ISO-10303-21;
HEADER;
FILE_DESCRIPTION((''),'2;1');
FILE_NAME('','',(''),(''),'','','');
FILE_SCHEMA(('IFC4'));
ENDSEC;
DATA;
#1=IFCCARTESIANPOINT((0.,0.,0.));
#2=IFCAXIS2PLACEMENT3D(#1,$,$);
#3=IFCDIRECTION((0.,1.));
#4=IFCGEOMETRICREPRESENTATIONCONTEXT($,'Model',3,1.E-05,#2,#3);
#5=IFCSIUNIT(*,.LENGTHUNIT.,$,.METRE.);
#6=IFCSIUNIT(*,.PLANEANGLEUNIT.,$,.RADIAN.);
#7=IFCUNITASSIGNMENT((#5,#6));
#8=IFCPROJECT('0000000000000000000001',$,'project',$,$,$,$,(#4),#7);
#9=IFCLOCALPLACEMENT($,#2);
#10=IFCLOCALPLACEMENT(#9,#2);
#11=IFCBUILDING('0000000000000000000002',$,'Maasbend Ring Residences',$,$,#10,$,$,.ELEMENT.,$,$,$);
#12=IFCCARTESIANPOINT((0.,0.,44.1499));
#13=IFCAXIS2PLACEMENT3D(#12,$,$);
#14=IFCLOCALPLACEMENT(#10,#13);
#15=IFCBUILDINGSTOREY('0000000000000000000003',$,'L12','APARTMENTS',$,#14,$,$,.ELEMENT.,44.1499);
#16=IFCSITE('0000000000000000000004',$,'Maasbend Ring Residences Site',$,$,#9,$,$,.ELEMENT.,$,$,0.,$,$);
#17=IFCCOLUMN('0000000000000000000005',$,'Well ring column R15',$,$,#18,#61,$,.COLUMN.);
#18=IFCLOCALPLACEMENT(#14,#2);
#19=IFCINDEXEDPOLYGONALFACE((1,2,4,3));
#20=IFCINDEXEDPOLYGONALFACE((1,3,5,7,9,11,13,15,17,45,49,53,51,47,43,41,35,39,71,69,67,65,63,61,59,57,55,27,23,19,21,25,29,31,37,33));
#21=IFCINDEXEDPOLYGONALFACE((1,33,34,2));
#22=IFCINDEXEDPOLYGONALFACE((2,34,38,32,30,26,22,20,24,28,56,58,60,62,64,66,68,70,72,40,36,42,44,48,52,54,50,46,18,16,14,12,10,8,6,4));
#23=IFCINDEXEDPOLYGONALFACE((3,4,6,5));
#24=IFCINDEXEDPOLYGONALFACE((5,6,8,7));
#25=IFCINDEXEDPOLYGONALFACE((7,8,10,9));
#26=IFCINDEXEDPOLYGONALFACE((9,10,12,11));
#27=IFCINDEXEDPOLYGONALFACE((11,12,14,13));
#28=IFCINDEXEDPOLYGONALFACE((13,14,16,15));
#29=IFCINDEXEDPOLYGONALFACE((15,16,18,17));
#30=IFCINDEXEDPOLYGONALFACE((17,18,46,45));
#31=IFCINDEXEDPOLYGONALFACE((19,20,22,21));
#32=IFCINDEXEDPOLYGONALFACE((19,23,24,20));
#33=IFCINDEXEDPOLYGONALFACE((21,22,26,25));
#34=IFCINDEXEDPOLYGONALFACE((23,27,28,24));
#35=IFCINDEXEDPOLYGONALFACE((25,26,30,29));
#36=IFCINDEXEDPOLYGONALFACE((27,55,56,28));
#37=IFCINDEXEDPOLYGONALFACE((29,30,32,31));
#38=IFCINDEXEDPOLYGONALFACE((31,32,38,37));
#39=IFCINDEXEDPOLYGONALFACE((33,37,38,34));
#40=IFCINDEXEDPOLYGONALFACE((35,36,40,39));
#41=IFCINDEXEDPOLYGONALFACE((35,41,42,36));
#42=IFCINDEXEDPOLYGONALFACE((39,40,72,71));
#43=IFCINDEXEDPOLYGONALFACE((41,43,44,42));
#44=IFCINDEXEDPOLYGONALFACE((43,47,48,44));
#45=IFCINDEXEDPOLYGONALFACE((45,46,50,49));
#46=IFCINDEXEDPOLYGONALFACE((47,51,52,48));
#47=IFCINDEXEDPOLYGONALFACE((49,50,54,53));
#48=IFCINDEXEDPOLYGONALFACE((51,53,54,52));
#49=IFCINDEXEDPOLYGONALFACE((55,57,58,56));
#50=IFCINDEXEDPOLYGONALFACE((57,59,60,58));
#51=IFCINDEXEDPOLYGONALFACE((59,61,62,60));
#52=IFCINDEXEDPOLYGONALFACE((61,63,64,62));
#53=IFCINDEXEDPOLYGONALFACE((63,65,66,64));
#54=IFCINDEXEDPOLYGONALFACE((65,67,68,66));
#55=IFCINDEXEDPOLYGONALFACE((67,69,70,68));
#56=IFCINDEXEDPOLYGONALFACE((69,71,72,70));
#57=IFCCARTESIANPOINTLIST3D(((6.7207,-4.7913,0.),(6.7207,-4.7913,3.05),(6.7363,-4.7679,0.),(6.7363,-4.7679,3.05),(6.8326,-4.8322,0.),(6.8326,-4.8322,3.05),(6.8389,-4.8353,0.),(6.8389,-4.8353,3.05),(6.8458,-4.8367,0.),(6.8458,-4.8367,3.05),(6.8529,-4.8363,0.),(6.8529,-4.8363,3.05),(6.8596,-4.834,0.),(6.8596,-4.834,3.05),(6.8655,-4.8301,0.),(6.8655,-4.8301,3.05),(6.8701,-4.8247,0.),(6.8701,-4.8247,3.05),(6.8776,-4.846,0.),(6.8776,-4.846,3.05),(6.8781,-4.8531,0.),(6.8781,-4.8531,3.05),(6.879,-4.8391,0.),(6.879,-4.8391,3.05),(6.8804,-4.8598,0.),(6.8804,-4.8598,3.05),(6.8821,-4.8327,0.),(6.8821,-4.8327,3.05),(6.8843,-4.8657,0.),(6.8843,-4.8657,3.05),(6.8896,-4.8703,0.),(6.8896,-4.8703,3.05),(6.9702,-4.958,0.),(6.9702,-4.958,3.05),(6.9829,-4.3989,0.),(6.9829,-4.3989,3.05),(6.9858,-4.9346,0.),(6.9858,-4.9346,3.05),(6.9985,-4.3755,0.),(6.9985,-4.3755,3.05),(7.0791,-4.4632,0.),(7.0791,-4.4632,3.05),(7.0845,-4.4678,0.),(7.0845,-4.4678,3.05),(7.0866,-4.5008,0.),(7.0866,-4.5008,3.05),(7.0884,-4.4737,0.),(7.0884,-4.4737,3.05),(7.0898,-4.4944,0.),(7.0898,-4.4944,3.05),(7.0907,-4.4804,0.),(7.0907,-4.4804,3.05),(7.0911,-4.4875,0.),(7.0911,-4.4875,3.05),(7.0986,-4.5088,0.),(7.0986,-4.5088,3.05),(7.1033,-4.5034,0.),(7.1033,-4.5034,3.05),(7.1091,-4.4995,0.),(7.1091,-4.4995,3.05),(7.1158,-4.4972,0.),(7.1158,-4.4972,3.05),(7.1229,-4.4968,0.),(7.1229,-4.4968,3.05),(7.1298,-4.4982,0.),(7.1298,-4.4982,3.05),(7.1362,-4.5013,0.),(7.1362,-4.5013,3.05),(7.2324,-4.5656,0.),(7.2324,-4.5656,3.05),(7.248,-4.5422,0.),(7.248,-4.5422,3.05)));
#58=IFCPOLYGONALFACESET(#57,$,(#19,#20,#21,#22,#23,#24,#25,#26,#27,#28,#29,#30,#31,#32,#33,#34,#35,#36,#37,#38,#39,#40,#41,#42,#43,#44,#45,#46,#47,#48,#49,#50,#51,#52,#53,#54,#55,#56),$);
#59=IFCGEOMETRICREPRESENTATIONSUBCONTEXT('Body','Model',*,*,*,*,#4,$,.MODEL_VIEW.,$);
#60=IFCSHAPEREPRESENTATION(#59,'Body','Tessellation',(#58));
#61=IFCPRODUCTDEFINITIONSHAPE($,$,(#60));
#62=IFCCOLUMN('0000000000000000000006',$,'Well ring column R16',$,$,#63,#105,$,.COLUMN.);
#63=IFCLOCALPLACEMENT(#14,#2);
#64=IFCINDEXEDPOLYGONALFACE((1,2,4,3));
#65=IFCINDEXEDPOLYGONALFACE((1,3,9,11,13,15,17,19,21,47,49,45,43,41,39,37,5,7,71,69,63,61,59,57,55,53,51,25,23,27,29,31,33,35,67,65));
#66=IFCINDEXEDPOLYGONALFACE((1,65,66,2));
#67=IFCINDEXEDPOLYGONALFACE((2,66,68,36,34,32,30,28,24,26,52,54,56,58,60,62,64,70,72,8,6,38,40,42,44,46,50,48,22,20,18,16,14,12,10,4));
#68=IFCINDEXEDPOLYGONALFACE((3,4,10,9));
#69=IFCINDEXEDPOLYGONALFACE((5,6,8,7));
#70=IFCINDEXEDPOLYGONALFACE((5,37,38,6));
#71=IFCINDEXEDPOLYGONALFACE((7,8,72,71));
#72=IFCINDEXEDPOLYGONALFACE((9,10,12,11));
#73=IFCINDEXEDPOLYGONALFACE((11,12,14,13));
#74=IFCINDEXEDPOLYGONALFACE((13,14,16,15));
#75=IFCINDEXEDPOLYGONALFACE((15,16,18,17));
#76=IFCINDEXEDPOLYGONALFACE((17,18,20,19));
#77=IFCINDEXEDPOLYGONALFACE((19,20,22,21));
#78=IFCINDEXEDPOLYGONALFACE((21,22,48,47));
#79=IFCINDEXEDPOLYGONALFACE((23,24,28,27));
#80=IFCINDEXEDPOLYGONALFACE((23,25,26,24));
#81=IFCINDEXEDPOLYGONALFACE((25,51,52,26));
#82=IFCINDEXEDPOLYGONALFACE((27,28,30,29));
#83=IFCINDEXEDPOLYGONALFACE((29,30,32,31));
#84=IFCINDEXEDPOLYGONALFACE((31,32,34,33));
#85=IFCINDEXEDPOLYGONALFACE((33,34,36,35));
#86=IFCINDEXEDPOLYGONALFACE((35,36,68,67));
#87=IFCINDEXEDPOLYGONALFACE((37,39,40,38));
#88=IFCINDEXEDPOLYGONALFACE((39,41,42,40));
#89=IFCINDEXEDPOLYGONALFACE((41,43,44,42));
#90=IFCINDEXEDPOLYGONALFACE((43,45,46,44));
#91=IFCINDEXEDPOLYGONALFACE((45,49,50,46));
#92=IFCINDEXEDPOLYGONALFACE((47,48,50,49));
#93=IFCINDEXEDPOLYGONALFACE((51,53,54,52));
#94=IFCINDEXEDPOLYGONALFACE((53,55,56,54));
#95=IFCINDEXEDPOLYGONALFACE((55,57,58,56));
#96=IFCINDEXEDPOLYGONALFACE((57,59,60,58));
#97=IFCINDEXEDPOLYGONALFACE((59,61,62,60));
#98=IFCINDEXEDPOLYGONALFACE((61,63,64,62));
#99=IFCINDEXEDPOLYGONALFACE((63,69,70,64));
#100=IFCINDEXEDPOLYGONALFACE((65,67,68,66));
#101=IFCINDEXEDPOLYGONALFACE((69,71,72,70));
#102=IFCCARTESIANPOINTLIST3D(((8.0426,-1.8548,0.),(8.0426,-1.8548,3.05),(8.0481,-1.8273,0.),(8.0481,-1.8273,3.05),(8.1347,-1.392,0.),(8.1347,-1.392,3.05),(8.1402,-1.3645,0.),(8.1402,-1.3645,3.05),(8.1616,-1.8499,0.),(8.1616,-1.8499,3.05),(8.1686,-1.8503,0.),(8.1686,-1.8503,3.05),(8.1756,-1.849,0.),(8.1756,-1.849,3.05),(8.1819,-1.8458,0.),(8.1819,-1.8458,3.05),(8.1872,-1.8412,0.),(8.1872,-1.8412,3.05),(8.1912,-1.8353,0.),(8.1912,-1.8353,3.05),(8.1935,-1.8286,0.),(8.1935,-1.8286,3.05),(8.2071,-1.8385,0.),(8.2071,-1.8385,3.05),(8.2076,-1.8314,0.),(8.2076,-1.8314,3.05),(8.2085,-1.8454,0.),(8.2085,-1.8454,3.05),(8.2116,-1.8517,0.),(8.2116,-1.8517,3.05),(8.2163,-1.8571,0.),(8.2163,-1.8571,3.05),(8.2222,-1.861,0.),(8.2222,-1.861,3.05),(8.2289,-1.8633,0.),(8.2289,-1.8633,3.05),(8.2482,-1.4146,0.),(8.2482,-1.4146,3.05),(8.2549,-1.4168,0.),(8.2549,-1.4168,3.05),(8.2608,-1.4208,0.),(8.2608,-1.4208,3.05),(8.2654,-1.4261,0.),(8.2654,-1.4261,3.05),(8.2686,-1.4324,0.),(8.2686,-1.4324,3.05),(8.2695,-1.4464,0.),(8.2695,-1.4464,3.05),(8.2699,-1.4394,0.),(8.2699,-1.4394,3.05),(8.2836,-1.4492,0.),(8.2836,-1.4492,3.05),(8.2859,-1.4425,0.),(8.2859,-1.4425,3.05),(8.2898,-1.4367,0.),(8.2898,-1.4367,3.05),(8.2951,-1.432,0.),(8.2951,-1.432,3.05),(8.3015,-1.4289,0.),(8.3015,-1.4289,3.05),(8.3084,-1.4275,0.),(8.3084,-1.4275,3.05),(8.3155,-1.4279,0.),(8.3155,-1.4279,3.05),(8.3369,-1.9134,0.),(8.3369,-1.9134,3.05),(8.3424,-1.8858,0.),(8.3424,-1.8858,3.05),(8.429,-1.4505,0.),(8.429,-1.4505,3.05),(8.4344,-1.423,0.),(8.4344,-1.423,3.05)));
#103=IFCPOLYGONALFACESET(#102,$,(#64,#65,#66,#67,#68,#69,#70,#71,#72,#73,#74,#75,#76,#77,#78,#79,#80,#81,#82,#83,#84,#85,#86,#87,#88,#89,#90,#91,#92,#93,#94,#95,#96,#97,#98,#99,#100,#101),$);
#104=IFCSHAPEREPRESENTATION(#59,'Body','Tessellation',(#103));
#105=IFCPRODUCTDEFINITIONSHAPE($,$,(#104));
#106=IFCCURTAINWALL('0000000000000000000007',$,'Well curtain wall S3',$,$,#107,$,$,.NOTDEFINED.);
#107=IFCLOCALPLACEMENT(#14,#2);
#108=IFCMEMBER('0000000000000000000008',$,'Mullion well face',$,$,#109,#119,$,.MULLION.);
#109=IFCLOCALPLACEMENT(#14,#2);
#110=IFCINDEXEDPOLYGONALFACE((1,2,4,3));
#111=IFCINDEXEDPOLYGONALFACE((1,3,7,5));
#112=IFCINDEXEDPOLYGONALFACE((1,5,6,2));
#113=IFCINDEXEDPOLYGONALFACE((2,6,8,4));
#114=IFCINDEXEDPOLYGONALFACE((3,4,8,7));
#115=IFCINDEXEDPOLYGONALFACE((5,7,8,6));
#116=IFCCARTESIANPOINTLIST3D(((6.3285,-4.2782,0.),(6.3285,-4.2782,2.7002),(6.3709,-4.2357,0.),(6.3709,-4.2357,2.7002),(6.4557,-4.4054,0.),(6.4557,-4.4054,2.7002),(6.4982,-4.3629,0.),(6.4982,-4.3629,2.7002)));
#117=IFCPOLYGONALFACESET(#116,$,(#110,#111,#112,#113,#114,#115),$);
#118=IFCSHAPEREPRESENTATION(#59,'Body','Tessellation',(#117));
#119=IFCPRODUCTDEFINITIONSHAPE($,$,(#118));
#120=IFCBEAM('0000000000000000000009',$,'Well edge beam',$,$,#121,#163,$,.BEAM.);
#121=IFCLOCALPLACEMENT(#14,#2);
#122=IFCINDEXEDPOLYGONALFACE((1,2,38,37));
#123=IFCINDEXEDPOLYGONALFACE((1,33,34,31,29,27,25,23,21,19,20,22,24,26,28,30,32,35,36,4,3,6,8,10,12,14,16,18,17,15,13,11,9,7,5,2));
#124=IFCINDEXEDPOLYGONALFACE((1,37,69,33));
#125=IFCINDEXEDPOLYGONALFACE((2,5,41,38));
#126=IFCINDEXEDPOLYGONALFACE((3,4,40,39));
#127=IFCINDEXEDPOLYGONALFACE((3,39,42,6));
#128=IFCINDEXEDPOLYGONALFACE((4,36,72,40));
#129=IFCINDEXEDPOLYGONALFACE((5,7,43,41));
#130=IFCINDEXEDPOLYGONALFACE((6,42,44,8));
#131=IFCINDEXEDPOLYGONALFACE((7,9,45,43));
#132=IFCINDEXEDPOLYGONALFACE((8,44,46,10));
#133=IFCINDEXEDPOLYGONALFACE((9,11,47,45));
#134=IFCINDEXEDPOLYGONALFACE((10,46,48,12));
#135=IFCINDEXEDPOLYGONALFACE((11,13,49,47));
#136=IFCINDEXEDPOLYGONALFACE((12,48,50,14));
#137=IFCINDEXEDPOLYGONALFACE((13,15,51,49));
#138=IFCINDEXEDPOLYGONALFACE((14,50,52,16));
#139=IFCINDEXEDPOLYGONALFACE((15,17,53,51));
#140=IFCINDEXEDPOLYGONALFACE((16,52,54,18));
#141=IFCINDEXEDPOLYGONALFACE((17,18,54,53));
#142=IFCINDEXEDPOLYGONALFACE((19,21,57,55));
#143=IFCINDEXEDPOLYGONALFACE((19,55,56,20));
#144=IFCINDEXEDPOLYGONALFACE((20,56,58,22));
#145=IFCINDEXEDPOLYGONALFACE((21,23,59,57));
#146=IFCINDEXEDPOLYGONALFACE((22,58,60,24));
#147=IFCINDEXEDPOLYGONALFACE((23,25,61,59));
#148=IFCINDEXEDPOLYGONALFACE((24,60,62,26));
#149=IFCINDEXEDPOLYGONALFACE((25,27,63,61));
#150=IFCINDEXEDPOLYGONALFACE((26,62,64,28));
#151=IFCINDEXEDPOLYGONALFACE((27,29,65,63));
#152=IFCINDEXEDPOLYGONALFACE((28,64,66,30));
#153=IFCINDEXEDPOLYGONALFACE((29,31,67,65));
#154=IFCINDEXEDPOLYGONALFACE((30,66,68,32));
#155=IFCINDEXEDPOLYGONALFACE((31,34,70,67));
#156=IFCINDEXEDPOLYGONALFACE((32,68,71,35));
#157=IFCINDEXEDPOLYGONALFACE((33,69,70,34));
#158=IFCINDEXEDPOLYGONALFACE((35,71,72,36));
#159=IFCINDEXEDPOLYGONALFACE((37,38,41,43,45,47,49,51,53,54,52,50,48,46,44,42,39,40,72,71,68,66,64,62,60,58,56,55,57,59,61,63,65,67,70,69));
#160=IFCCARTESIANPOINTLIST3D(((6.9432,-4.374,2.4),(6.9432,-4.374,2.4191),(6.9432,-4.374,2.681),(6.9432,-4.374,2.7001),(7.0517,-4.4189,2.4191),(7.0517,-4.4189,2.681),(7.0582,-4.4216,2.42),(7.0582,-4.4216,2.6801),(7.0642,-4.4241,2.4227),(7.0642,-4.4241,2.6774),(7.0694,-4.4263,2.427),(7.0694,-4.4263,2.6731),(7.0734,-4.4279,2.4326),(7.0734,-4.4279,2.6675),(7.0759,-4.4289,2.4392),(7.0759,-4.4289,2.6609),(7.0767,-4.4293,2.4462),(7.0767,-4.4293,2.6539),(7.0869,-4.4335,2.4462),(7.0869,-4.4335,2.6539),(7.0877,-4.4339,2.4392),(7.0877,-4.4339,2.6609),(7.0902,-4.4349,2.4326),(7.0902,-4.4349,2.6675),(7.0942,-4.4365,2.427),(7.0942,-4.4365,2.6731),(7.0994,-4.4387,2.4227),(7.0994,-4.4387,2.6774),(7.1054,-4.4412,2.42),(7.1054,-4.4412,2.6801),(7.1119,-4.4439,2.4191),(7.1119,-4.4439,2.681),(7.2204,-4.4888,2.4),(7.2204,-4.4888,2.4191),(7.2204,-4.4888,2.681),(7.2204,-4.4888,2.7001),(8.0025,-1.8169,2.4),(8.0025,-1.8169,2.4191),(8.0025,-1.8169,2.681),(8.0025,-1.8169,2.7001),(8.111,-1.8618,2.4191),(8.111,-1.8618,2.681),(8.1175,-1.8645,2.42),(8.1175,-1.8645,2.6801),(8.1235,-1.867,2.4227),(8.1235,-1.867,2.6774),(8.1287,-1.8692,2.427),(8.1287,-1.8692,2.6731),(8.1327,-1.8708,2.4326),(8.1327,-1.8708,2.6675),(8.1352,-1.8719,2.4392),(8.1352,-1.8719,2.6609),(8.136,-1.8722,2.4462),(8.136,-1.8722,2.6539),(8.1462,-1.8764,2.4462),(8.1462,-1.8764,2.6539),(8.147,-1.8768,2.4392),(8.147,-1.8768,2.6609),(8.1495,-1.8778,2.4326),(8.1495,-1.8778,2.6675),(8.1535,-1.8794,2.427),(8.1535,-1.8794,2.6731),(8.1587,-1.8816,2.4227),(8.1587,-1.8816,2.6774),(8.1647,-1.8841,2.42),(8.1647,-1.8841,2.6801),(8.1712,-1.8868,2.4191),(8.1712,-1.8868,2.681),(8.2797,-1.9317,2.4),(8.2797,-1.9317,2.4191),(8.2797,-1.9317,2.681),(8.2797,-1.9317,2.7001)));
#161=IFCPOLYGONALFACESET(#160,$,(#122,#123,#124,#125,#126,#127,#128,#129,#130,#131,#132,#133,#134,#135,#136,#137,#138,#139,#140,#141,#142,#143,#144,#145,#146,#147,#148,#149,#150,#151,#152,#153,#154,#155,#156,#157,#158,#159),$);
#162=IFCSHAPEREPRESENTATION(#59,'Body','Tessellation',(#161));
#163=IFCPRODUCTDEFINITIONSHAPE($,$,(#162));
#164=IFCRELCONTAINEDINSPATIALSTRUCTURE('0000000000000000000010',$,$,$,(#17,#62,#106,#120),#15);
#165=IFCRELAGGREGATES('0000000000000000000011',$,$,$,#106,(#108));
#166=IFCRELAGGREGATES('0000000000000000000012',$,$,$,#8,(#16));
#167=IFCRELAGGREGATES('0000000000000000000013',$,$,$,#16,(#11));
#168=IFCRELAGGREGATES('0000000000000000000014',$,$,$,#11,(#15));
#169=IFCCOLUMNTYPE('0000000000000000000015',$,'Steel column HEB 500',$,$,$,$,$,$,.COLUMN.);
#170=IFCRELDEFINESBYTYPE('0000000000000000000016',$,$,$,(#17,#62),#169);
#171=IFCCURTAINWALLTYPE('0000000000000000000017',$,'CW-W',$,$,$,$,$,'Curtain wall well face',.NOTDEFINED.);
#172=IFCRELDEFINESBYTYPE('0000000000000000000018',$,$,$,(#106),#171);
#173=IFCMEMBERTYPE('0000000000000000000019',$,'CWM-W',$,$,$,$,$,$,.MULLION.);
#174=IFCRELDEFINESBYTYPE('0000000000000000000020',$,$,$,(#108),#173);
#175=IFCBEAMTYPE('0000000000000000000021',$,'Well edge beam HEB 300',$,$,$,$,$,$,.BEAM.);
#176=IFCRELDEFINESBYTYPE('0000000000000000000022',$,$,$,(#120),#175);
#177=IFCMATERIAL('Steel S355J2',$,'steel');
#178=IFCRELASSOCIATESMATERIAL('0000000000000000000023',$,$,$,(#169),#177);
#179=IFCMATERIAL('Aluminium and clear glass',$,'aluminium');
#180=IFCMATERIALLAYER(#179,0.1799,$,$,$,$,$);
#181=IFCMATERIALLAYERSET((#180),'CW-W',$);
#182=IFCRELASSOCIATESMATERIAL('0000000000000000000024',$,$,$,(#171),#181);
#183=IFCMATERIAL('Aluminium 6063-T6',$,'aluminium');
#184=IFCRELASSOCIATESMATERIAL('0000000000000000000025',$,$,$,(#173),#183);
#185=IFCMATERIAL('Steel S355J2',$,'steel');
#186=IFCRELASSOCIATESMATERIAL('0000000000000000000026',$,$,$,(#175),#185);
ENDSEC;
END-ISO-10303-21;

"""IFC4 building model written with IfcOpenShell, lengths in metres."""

from ifc_helpers import new_model, si_unit, direction, frame, origin, origin_2d, place, context, subcontext, project, spatial, rectangle, i_section, extrude, material, layer, layer_set, material_profile, profile_set, type_object, element, aggregate, save


model = new_model("IFC4")

# Units and contexts
model_context = context("Model", 3, precision=1e-05, world=origin(), true_north=direction((0.0, 1.0)))
body_context = subcontext(model_context, "Body", "Model", "MODEL_VIEW")
ifc_project = project(units=[si_unit("LENGTHUNIT", "METRE"), si_unit("PLANEANGLEUNIT", "RADIAN")], contexts=[model_context])

# Site, building, storey
site_placement = place(None, origin())
site = spatial("IfcSite", under=ifc_project, at=site_placement, Name="Maasbend Ring Residences Site", CompositionType="ELEMENT", RefElevation=0.0)
building_placement = place(site_placement, origin())
building = spatial("IfcBuilding", under=site, at=building_placement, Name="Maasbend Ring Residences", CompositionType="ELEMENT")
storey_placement = place(building_placement, frame((0.0, 0.0, 44.1499)))
storey = spatial("IfcBuildingStorey", under=building, at=storey_placement, Name="L12", Description="APARTMENTS", CompositionType="ELEMENT", Elevation=44.1499)

# Columns
ifc_material_1 = material(Name="Steel S355J2", Category="steel")
ifc_material_profile_1 = material_profile(ifc_material_1, i_section(OverallWidth=0.3, OverallDepth=0.5, WebThickness=0.0144, FlangeThickness=0.0281, FilletRadius=0.0271, at=origin_2d()), Name="HEB 500")
ifc_profile_set_1 = profile_set([ifc_material_profile_1], Name="Steel S355J2")
column_type = type_object("IfcColumnType", Name="Steel column HEB 500", PredefinedType="COLUMN", material=ifc_profile_set_1)
for number, where, z_axis, x_axis, name in (
    (1, (6.9844, -4.6667, 0.0), (0.0, 0.0, 1.0), (0.83147, -0.55557, 0.0), "Well ring column R15"),
    (2, (8.2385, -1.6389, 0.0), (0.0, 0.0, 1.0), (0.980785, -0.19509, 0.0), "Well ring column R16"),
):
    element("IfcColumn", number, at=place(storey_placement, frame(where, z_axis=z_axis, x_axis=x_axis)), inside=storey, type_object=column_type, Name=name, PredefinedType="COLUMN", context=body_context, shape_type="SweptSolid", body=[
        extrude(i_section(OverallWidth=0.3, OverallDepth=0.5, WebThickness=0.0144, FlangeThickness=0.0281, FilletRadius=0.0271, at=origin_2d()), origin(), (0.0, 0.0, 1.0), 3.05),
    ])

# Curtain wall, member
ifc_material_2 = material(Name="Aluminium and clear glass", Category="aluminium")
ifc_layer_1 = layer(ifc_material_2, 0.1799)
ifc_layer_set_1 = layer_set([ifc_layer_1], Name="CW-W")
curtain_wall_type = type_object("IfcCurtainWallType", Name="CW-W", ElementType="Curtain wall well face", PredefinedType="NOTDEFINED", material=ifc_layer_set_1)
curtain_wall_placement = place(storey_placement, origin())
curtain_wall = element("IfcCurtainWall", 3, at=curtain_wall_placement, inside=storey, type_object=curtain_wall_type, Name="Well curtain wall S3", PredefinedType="NOTDEFINED")
ifc_material_3 = material(Name="Aluminium 6063-T6", Category="aluminium")
ifc_material_profile_2 = material_profile(ifc_material_3, rectangle(XDim=0.1799, YDim=0.0601, at=origin_2d()), Name="AL 180x60")
ifc_profile_set_2 = profile_set([ifc_material_profile_2], Name="Aluminium 6063-T6")
member_type = type_object("IfcMemberType", Name="CWM-W", PredefinedType="MULLION", material=ifc_profile_set_2)
member_placement = place(storey_placement, frame((6.4133, -4.3206, 0.0), z_axis=(0.0, 0.0, 1.0), x_axis=(-0.707107, 0.707107, 0.0)))
member = element("IfcMember", 4, at=member_placement, type_object=member_type, Name="Mullion well face", PredefinedType="MULLION", context=body_context, shape_type="SweptSolid", body=[
    extrude(rectangle(XDim=0.1799, YDim=0.0601, at=origin_2d()), origin(), (0.0, 0.0, 1.0), 2.7002),
])

# Beam
ifc_material_4 = material(Name="Steel S355J2", Category="steel")
ifc_material_profile_3 = material_profile(ifc_material_4, i_section(OverallWidth=0.3, OverallDepth=0.3, WebThickness=0.011, FlangeThickness=0.019, FilletRadius=0.0271, at=origin_2d()), Name="HEB 300")
ifc_profile_set_3 = profile_set([ifc_material_profile_3], Name="Steel S355J2")
beam_type = type_object("IfcBeamType", Name="Well edge beam HEB 300", PredefinedType="BEAM", material=ifc_profile_set_3)
beam_1_placement = place(storey_placement, frame((7.0818, -4.4314, 2.55), z_axis=(0.382723, 0.923863, 0.0), x_axis=(-0.923863, 0.382723, 0.0)))
element("IfcBeam", 5, at=beam_1_placement, inside=storey, type_object=beam_type, Name="Well edge beam", PredefinedType="BEAM", context=body_context, shape_type="SweptSolid", body=[
    extrude(i_section(OverallWidth=0.3, OverallDepth=0.3, WebThickness=0.011, FlangeThickness=0.019, FilletRadius=0.0271, at=origin_2d()), origin(), (0.0, 0.0, 1.0), 2.7678),
])

aggregate(curtain_wall, [member])

save(model, "model.ifc")
